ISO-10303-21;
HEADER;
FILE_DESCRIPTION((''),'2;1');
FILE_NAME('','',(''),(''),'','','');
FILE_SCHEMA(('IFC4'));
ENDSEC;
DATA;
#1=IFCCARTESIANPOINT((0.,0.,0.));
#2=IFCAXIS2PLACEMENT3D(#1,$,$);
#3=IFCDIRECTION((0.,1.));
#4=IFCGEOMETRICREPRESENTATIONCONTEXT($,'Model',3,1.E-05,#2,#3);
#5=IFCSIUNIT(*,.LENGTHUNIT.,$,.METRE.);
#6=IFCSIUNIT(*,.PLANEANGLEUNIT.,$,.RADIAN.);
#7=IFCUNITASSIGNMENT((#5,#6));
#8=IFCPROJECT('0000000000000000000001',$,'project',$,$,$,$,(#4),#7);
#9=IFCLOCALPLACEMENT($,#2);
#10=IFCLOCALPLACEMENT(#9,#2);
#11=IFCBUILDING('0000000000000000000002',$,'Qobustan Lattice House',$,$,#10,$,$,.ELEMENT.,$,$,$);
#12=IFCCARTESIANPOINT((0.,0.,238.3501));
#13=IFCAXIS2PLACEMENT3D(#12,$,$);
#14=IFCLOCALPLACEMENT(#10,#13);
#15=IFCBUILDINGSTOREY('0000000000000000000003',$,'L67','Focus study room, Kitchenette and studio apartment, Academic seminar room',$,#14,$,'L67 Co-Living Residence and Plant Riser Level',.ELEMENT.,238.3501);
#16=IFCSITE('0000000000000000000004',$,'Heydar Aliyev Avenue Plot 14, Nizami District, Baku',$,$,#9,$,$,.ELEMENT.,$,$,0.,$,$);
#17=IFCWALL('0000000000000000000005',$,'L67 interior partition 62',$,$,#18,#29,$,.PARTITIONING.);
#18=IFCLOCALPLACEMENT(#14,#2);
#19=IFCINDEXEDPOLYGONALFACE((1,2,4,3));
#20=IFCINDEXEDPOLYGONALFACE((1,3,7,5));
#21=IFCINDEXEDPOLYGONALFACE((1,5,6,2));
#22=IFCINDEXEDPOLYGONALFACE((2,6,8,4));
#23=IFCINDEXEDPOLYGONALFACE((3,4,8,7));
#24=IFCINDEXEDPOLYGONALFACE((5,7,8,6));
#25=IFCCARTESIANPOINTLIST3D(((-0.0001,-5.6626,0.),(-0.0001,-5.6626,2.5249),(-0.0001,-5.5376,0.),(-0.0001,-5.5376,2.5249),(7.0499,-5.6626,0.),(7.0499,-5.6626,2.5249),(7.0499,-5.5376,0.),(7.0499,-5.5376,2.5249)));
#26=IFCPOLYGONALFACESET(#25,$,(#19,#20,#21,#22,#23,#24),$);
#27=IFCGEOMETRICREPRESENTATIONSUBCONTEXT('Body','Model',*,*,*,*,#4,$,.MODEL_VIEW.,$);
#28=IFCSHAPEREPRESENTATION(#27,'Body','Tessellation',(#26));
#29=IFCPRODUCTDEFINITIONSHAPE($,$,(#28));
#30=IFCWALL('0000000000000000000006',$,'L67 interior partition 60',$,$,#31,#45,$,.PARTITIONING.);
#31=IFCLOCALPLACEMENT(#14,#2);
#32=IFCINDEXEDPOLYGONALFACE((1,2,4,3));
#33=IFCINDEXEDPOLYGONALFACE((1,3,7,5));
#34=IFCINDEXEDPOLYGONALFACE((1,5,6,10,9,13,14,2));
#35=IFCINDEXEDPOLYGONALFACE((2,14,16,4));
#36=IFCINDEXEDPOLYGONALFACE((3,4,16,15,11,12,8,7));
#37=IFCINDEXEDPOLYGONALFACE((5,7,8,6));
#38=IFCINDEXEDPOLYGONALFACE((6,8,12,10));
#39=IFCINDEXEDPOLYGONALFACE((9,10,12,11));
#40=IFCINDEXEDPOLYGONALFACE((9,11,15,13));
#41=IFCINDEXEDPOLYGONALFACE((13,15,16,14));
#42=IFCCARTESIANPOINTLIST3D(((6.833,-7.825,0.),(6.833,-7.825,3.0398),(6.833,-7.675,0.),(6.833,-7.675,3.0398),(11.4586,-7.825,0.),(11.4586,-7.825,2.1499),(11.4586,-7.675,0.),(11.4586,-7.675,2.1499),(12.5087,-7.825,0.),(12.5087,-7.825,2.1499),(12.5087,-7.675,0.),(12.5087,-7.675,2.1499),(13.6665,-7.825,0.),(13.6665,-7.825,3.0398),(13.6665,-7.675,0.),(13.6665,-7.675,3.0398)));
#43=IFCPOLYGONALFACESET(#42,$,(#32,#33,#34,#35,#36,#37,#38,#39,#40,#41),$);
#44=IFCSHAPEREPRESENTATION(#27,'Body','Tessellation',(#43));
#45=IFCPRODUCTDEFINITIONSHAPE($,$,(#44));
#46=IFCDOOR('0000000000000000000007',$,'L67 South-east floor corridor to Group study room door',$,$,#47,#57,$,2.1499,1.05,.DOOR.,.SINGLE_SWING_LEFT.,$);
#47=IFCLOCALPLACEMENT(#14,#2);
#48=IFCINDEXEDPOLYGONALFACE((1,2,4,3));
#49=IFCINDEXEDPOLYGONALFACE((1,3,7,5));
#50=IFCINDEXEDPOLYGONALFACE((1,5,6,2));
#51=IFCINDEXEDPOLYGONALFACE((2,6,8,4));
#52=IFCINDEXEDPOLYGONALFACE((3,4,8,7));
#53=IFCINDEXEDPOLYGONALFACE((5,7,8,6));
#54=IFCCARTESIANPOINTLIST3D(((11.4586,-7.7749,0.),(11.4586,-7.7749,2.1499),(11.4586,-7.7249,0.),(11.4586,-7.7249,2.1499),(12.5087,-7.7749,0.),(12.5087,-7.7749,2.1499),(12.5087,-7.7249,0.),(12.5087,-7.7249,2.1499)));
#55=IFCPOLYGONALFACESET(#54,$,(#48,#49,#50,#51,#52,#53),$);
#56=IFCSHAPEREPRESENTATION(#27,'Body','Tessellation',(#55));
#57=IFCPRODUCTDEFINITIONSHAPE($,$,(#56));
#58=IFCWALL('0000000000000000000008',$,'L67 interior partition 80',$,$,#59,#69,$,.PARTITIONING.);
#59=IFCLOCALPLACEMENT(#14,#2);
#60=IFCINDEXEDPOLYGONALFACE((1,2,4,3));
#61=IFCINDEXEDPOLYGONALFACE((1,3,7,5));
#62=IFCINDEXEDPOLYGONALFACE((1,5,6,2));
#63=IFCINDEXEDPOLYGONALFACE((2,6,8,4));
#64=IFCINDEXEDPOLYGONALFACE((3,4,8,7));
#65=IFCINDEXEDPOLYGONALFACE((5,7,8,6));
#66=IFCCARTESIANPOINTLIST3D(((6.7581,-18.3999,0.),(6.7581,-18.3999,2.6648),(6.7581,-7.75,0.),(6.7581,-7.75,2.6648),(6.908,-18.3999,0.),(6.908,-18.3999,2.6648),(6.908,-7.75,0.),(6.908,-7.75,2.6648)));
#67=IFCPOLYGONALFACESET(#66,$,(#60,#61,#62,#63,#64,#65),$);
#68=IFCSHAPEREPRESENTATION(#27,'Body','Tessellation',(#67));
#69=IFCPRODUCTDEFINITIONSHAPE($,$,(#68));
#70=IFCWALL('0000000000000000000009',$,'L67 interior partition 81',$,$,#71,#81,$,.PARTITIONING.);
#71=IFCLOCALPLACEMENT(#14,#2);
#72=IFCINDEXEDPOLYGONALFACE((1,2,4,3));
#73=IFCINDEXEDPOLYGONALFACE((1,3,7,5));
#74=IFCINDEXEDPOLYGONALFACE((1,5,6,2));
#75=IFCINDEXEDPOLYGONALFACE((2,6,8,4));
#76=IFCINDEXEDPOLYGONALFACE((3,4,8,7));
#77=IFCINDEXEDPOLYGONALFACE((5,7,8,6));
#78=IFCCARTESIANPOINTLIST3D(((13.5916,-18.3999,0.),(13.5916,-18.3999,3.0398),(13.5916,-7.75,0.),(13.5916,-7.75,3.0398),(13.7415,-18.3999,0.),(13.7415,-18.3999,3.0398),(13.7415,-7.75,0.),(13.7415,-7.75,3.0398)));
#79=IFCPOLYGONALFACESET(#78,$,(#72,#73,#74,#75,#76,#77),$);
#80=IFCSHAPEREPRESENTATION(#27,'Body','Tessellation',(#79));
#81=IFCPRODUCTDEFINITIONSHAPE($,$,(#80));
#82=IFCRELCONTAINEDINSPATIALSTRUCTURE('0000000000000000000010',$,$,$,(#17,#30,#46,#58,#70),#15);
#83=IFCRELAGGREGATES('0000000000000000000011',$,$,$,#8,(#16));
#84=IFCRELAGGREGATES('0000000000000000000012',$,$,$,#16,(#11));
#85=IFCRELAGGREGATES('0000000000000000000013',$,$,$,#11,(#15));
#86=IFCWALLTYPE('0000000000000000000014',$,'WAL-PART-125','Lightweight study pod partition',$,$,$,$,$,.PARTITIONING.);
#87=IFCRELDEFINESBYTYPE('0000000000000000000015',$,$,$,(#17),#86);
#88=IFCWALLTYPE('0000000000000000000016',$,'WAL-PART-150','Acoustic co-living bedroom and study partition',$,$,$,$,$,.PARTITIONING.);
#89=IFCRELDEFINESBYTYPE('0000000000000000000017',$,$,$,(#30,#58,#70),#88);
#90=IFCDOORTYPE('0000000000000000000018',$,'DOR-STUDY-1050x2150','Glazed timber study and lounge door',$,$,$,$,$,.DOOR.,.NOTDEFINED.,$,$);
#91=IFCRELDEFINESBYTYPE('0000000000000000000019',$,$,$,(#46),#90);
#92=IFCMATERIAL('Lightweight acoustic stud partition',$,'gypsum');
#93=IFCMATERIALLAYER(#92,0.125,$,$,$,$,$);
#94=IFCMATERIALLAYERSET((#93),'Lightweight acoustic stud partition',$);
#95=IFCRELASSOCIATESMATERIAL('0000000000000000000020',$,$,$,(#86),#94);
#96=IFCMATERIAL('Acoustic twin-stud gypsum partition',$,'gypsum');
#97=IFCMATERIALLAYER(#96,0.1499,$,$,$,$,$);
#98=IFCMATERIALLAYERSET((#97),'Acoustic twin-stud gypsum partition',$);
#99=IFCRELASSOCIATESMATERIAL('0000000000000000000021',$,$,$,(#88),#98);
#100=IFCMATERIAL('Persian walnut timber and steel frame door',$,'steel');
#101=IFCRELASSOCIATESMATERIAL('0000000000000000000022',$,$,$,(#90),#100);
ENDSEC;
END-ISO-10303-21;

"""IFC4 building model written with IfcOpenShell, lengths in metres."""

from ifc_helpers import new_model, si_unit, direction, frame, frame_2d, origin, place, context, subcontext, project, spatial, rectangle, extrude, material, layer, layer_set, type_object, element, fill, save


model = new_model("IFC4")

# Units and contexts
model_context = context("Model", 3, precision=1e-05, world=origin(), true_north=direction((0.0, 1.0)))
body_context = subcontext(model_context, "Body", "Model", "MODEL_VIEW")
ifc_project = project(units=[si_unit("LENGTHUNIT", "METRE"), si_unit("PLANEANGLEUNIT", "RADIAN")], contexts=[model_context])

# Site, building, storey
site_placement = place(None, origin())
site = spatial("IfcSite", under=ifc_project, at=site_placement, Name="Heydar Aliyev Avenue Plot 14, Nizami District, Baku", CompositionType="ELEMENT", RefElevation=0.0)
building_placement = place(site_placement, origin())
building = spatial("IfcBuilding", under=site, at=building_placement, Name="Qobustan Lattice House", CompositionType="ELEMENT")
storey_placement = place(building_placement, frame((0.0, 0.0, 238.3501)))
storey = spatial("IfcBuildingStorey", under=building, at=storey_placement, Name="L67", Description="Focus study room, Kitchenette and studio apartment, Academic seminar room", LongName="L67 Co-Living Residence and Plant Riser Level", CompositionType="ELEMENT", Elevation=238.3501)

# Wall
ifc_material_1 = material(Name="Lightweight acoustic stud partition", Category="gypsum")
ifc_layer_1 = layer(ifc_material_1, 0.125)
ifc_layer_set_1 = layer_set([ifc_layer_1], Name="Lightweight acoustic stud partition")
wall_type_1 = type_object("IfcWallType", Name="WAL-PART-125", Description="Lightweight study pod partition", PredefinedType="PARTITIONING", material=ifc_layer_set_1)
wall_1_placement = place(storey_placement, frame((0.0, -5.6001, 0.0), z_axis=(0.0, 0.0, 1.0), x_axis=(1.0, 0.0, 0.0)))
element("IfcWall", 1, at=wall_1_placement, inside=storey, type_object=wall_type_1, Name="L67 interior partition 62", PredefinedType="PARTITIONING", context=body_context, shape_type="SweptSolid", body=[
    extrude(rectangle(XDim=7.05, YDim=0.125, at=frame_2d((3.5249, 0.0))), origin(), (0.0, 0.0, 1.0), 2.5249),
])

# Wall, opening, door
ifc_material_2 = material(Name="Acoustic twin-stud gypsum partition", Category="gypsum")
ifc_layer_2 = layer(ifc_material_2, 0.1499)
ifc_layer_set_2 = layer_set([ifc_layer_2], Name="Acoustic twin-stud gypsum partition")
wall_type_2 = type_object("IfcWallType", Name="WAL-PART-150", Description="Acoustic co-living bedroom and study partition", PredefinedType="PARTITIONING", material=ifc_layer_set_2)
wall_2_placement = place(storey_placement, frame((13.6665, -7.75, 0.0), z_axis=(0.0, 0.0, 1.0), x_axis=(-1.0, 0.0, 0.0)))
wall_2 = element("IfcWall", 2, at=wall_2_placement, inside=storey, type_object=wall_type_2, Name="L67 interior partition 60", PredefinedType="PARTITIONING", context=body_context, shape_type="SweptSolid", body=[
    extrude(rectangle(XDim=6.8335, YDim=0.1499, at=frame_2d((3.4167, 0.0))), origin(), (0.0, 0.0, 1.0), 3.0398),
])
opening_1_placement = place(wall_2_placement, frame((1.158, 0.0, 0.0)))
opening_1 = element("IfcOpeningElement", 3, at=opening_1_placement, cuts=wall_2, PredefinedType="OPENING", context=body_context, shape_type="SweptSolid", body=[
    extrude(rectangle(XDim=1.05, YDim=2.1499, at=frame_2d((0.5249, 1.075))), frame((0.0, 0.085, 0.0), z_axis=(0.0, -1.0, 0.0), x_axis=(1.0, 0.0, 0.0)), (0.0, 0.0, 1.0), 0.1699),
])
ifc_material_3 = material(Name="Persian walnut timber and steel frame door", Category="steel")
door_type_1 = type_object("IfcDoorType", Name="DOR-STUDY-1050x2150", Description="Glazed timber study and lounge door", OperationType="NOTDEFINED", PredefinedType="DOOR", material=ifc_material_3)
door_1_placement = place(opening_1_placement, origin())
door_1 = element("IfcDoor", 4, at=door_1_placement, inside=storey, type_object=door_type_1, Name="L67 South-east floor corridor to Group study room door", OperationType="SINGLE_SWING_LEFT", OverallHeight=2.1499, OverallWidth=1.05, PredefinedType="DOOR", context=body_context, shape_type="SweptSolid", body=[
    extrude(rectangle(XDim=1.05, YDim=2.1499, at=frame_2d((0.5249, 1.075))), frame((0.0, 0.0249, 0.0), z_axis=(0.0, -1.0, 0.0), x_axis=(1.0, 0.0, 0.0)), (0.0, 0.0, 1.0), 0.05),
])
fill(opening_1, door_1)

# Walls
wall_3_placement = place(storey_placement, frame((6.833, -7.75, 0.0), z_axis=(0.0, 0.0, 1.0), x_axis=(0.0, -1.0, 0.0)))
element("IfcWall", 5, at=wall_3_placement, inside=storey, type_object=wall_type_2, Name="L67 interior partition 80", PredefinedType="PARTITIONING", context=body_context, shape_type="SweptSolid", body=[
    extrude(rectangle(XDim=10.6499, YDim=0.1499, at=frame_2d((5.325, 0.0))), origin(), (0.0, 0.0, 1.0), 2.6648),
])
wall_4_placement = place(storey_placement, frame((13.6665, -7.75, 0.0), z_axis=(0.0, 0.0, 1.0), x_axis=(0.0, -1.0, 0.0)))
element("IfcWall", 6, at=wall_4_placement, inside=storey, type_object=wall_type_2, Name="L67 interior partition 81", PredefinedType="PARTITIONING", context=body_context, shape_type="SweptSolid", body=[
    extrude(rectangle(XDim=10.6499, YDim=0.1499, at=frame_2d((5.325, 0.0))), origin(), (0.0, 0.0, 1.0), 3.0398),
])

save(model, "model.ifc")
